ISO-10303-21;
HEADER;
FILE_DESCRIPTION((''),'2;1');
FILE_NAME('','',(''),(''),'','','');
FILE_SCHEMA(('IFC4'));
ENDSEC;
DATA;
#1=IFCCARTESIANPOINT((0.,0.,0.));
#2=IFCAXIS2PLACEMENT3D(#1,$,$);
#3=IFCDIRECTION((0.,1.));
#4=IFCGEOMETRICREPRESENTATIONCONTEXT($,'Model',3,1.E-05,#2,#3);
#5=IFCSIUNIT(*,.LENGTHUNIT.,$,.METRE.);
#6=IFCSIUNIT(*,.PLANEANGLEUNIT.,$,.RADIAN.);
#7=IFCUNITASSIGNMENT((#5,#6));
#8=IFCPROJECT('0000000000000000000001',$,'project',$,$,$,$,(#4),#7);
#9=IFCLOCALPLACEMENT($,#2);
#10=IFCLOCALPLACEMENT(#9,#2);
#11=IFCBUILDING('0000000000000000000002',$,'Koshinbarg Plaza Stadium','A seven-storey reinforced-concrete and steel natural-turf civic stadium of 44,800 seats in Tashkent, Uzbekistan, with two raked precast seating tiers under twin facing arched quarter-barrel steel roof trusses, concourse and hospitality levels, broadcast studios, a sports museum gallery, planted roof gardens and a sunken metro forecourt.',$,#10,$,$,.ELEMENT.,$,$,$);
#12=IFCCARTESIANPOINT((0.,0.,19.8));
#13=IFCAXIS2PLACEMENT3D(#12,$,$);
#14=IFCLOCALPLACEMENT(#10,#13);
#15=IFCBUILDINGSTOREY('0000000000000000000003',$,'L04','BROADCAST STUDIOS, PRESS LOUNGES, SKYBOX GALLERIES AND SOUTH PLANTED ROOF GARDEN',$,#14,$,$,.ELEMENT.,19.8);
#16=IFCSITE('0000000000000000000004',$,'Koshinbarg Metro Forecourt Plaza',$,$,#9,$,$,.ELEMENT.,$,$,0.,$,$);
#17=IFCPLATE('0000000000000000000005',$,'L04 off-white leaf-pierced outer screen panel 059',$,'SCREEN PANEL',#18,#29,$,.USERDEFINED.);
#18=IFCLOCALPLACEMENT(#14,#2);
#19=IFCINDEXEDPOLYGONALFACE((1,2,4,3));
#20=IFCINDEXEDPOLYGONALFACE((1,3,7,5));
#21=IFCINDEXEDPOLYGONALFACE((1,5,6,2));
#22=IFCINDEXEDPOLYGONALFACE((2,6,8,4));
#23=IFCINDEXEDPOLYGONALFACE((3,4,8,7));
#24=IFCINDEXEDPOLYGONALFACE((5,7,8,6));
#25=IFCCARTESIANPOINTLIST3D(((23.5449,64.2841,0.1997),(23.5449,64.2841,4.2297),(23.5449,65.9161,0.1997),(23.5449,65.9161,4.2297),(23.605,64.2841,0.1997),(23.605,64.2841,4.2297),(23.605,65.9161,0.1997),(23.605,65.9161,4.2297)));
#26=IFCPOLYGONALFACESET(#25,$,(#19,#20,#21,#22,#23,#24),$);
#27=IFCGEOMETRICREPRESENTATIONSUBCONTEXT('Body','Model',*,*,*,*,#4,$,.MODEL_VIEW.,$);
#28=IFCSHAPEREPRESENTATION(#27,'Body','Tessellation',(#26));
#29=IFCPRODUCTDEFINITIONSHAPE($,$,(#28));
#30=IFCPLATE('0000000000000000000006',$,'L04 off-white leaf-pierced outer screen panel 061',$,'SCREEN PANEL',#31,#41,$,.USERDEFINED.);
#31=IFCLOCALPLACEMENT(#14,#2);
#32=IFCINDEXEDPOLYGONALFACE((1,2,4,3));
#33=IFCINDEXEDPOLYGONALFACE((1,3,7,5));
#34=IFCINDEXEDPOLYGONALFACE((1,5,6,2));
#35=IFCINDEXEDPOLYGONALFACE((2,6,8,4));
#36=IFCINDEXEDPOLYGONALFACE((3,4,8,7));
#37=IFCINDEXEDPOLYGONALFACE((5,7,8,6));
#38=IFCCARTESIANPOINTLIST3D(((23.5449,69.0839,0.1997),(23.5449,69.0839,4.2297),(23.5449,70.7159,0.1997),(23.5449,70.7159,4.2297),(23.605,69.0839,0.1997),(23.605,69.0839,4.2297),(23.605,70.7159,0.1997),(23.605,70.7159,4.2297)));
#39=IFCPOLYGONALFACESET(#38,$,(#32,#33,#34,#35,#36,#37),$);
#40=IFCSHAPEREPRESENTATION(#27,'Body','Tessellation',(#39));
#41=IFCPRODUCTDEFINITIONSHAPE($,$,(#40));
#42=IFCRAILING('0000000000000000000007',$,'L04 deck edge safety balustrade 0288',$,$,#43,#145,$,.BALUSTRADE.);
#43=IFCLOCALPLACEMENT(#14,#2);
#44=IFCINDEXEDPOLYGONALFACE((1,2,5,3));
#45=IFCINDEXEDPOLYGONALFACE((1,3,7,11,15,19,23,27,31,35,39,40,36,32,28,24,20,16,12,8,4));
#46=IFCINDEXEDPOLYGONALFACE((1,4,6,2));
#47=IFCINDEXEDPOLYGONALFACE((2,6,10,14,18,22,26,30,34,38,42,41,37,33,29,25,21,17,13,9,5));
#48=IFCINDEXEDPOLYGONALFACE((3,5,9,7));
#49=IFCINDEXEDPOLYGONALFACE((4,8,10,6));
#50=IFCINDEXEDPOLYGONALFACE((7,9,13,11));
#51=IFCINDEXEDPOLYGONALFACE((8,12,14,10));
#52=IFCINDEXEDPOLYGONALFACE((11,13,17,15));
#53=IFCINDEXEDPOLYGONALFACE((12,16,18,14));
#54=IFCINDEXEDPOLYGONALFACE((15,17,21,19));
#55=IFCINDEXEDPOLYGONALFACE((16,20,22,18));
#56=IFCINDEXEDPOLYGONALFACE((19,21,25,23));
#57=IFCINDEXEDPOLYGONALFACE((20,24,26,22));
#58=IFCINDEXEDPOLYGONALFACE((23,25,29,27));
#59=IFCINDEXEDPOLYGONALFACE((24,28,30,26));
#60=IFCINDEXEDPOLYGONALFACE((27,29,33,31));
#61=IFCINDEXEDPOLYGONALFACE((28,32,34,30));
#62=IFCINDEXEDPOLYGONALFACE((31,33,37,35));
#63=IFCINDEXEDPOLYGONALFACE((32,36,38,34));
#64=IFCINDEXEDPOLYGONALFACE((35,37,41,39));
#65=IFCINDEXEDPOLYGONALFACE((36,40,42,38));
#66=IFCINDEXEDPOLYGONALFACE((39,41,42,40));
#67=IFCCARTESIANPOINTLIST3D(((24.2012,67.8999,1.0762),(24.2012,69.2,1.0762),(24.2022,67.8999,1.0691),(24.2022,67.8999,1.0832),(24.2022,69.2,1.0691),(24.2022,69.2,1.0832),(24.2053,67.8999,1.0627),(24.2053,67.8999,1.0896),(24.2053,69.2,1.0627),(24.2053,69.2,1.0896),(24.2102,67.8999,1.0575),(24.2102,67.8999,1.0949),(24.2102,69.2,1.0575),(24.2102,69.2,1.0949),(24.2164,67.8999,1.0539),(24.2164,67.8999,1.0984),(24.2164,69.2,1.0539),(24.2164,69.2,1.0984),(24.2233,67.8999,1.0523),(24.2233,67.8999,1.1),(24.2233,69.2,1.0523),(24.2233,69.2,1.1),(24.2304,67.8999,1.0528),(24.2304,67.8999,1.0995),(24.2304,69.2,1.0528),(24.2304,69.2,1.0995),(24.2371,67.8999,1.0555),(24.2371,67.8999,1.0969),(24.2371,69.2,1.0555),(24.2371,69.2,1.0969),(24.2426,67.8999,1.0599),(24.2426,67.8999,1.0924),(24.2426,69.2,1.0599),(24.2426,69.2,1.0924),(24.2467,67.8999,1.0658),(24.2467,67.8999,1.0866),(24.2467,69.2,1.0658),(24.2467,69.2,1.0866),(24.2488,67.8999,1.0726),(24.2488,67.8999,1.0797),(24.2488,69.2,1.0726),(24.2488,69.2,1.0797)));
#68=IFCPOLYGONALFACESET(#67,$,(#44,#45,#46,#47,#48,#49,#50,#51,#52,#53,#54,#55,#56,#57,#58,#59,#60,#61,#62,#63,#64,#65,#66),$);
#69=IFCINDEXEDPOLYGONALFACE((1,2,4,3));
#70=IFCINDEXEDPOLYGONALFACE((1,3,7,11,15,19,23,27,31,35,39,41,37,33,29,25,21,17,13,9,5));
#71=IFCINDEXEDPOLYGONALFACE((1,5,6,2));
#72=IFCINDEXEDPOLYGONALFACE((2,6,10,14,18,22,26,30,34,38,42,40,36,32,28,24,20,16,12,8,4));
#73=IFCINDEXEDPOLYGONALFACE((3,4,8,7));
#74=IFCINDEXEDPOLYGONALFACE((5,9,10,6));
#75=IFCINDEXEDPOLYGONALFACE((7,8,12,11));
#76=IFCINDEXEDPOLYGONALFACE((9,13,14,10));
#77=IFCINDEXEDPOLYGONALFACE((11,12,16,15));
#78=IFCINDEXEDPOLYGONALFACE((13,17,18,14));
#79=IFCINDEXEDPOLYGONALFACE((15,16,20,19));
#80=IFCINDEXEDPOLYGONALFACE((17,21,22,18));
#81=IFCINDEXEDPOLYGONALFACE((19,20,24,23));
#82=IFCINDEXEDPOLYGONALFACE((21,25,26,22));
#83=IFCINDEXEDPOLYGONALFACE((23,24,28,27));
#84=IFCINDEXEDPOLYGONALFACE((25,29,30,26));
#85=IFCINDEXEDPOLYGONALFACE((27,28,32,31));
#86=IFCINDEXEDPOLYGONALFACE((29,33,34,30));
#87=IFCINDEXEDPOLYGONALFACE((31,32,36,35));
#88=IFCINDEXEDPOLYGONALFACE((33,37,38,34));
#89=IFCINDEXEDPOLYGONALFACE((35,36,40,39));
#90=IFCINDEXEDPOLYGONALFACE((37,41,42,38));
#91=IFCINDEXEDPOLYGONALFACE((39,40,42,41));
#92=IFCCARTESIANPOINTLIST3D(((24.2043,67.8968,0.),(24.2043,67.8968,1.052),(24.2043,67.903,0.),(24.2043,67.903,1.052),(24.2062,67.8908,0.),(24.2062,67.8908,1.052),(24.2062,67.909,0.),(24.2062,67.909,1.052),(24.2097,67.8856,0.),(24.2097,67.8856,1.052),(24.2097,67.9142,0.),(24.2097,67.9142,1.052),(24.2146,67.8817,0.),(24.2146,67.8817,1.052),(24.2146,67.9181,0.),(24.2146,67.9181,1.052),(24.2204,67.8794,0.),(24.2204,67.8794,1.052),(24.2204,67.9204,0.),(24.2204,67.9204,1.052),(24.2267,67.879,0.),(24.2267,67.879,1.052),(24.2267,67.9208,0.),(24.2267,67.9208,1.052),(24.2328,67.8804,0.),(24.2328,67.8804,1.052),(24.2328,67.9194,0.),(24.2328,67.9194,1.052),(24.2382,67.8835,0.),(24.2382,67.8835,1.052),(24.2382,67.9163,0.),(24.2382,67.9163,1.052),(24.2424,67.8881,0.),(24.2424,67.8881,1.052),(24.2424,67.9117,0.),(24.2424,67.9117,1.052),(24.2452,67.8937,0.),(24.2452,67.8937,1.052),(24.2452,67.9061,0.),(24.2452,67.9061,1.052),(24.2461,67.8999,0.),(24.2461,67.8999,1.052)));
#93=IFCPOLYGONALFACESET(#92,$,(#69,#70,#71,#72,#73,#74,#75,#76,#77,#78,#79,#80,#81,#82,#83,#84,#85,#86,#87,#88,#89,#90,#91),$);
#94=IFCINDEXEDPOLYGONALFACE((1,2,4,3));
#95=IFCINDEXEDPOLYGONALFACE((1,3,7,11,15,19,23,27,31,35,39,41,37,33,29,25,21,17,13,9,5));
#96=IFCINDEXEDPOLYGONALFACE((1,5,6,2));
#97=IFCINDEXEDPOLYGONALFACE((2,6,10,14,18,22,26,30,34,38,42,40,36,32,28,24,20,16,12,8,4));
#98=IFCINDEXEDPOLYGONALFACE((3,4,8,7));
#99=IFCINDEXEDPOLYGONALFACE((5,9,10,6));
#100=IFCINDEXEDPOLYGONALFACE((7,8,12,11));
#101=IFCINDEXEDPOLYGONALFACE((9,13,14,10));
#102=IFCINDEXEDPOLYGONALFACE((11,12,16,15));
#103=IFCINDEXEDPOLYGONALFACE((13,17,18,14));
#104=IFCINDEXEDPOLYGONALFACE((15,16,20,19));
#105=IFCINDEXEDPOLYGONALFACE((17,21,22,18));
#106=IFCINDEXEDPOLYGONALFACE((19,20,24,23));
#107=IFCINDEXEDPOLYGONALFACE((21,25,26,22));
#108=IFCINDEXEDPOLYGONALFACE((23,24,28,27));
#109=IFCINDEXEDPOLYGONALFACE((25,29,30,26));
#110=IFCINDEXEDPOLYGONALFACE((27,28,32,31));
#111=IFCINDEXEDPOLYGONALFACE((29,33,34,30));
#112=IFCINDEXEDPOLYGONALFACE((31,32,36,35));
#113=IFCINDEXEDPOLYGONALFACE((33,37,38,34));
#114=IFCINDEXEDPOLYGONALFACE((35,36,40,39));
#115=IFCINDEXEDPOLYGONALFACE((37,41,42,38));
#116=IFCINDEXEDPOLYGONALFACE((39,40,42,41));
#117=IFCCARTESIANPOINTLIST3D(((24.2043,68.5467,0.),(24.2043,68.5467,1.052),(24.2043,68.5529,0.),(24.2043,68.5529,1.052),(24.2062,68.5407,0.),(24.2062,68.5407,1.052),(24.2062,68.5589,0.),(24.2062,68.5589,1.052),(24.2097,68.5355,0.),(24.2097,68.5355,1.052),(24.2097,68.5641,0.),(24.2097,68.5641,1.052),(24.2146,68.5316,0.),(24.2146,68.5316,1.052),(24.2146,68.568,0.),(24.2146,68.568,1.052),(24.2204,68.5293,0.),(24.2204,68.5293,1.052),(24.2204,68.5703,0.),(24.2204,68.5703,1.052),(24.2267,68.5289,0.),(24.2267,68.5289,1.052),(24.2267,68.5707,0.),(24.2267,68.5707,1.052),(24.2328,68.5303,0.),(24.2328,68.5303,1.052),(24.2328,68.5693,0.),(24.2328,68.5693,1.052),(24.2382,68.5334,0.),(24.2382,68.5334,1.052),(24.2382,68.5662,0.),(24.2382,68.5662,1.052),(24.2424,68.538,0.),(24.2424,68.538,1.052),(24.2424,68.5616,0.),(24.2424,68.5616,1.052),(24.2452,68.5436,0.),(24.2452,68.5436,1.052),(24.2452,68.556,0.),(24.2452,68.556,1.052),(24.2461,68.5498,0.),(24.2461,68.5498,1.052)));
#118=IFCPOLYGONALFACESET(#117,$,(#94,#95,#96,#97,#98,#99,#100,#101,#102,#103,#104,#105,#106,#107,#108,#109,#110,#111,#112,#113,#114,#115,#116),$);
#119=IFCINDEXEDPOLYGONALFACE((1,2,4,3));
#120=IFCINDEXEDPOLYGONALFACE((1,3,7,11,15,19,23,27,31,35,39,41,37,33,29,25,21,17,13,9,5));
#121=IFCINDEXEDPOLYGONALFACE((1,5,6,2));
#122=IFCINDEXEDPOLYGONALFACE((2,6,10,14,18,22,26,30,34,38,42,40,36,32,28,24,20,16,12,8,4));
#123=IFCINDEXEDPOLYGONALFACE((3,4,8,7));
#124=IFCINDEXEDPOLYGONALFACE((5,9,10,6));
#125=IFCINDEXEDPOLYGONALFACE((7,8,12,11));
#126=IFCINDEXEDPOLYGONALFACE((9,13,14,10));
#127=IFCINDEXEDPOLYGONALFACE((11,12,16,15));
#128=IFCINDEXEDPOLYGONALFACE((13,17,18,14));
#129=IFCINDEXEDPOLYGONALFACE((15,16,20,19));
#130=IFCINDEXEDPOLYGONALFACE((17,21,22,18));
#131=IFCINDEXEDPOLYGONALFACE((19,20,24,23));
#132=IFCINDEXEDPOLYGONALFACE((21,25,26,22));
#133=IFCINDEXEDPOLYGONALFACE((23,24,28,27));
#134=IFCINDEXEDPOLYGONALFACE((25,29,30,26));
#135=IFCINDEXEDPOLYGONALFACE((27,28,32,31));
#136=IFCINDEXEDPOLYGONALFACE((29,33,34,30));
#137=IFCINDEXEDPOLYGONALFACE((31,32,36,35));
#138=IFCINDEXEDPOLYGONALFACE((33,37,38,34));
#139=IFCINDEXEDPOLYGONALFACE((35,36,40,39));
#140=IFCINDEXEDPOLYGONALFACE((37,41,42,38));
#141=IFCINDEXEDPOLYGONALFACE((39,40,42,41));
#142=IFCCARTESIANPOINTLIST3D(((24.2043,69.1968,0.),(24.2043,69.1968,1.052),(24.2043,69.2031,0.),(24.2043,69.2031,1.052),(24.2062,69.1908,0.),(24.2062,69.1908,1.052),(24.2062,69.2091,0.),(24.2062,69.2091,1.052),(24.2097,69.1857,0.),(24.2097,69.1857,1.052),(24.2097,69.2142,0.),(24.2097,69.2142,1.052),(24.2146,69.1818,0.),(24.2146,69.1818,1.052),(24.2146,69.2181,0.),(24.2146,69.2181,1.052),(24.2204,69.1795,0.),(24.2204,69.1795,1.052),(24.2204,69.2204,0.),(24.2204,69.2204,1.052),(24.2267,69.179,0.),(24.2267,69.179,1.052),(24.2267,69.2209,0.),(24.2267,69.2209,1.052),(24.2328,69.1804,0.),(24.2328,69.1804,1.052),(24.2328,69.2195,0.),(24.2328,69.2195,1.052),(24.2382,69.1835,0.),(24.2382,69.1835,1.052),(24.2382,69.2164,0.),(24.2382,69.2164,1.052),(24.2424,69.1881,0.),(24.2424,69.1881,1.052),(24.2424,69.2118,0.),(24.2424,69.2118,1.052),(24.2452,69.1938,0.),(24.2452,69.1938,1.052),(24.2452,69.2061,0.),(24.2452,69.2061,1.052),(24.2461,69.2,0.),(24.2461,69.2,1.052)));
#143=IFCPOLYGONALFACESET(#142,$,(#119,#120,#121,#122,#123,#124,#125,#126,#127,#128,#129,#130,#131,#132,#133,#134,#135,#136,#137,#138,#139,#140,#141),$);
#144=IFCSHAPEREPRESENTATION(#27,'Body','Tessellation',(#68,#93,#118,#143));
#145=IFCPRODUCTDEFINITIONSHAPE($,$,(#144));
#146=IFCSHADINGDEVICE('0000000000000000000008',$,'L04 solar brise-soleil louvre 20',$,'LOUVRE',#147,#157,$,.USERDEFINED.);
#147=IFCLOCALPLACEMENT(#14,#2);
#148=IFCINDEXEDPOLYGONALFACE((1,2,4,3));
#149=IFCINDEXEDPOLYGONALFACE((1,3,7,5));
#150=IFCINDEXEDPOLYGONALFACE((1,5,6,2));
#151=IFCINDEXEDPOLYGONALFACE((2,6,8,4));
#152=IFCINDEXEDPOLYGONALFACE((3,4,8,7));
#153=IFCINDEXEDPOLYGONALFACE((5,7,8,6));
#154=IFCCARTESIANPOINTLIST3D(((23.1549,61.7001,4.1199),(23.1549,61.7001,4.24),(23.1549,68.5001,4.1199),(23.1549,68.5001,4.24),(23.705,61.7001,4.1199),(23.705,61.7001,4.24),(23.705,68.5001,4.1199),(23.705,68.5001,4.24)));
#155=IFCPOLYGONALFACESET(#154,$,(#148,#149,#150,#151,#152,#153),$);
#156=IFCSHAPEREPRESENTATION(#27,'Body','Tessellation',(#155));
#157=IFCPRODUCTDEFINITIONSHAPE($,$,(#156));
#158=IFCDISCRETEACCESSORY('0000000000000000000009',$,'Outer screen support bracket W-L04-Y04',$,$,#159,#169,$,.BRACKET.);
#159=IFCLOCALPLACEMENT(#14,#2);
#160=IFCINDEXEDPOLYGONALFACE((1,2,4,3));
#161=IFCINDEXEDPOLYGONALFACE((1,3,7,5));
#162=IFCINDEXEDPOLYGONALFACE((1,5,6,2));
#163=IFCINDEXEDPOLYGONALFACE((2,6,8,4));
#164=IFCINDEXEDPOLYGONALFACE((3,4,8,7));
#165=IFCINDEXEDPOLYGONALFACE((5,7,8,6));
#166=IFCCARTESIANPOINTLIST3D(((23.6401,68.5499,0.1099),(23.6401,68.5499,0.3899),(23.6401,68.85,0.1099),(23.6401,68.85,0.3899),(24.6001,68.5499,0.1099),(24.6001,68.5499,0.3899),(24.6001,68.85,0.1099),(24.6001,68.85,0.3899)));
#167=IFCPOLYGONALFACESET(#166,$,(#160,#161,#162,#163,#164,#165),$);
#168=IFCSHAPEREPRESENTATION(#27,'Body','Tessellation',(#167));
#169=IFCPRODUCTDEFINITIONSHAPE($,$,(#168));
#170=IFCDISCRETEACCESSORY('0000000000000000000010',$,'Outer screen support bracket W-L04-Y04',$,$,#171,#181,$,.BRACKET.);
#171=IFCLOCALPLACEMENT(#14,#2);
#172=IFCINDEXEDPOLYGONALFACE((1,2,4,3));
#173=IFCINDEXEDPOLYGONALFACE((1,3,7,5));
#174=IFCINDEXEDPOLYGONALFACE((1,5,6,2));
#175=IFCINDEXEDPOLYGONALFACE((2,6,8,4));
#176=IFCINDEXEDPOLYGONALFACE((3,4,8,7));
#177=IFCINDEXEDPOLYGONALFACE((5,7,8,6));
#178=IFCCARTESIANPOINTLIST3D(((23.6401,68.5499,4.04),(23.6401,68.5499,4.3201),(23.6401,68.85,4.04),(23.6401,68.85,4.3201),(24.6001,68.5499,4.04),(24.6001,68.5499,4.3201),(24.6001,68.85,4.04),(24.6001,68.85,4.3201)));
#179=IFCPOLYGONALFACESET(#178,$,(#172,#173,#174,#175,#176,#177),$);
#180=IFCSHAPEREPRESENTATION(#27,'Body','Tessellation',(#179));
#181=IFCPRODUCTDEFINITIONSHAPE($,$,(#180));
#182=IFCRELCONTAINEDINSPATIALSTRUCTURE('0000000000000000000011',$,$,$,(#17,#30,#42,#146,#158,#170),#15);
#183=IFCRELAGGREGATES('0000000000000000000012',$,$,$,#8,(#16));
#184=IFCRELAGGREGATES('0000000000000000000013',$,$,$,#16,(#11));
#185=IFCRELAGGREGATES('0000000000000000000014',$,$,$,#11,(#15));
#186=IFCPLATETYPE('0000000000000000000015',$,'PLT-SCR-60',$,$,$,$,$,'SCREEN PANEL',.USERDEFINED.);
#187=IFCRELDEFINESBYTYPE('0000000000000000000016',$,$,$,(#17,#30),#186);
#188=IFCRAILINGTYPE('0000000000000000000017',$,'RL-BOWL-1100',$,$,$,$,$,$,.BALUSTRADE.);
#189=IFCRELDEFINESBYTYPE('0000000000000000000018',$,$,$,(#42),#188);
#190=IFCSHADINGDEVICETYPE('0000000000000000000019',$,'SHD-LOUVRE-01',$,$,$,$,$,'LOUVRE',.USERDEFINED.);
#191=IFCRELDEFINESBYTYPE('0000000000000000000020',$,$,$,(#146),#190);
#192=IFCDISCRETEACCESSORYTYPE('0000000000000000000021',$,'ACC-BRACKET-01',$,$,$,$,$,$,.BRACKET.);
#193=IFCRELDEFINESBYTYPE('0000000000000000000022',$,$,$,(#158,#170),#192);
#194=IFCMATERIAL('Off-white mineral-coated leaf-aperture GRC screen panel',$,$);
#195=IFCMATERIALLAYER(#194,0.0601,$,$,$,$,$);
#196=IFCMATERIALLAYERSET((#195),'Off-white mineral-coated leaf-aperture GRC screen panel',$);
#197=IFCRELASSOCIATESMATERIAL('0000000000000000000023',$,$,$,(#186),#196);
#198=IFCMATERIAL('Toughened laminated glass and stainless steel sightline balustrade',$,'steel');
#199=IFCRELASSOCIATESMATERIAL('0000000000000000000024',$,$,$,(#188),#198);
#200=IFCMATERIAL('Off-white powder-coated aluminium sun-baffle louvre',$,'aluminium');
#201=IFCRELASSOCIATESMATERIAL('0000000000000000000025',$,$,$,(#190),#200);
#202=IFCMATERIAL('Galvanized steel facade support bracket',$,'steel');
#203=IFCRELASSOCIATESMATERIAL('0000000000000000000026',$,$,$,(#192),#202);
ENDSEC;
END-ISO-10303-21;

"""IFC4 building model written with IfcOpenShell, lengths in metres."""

from ifc_helpers import new_model, si_unit, direction, frame, origin, origin_2d, place, context, subcontext, project, spatial, rectangle, circle, extrude, material, layer, layer_set, type_object, element, save


model = new_model("IFC4")

# Units and contexts
model_context = context("Model", 3, precision=1e-05, world=origin(), true_north=direction((0.0, 1.0)))
body_context = subcontext(model_context, "Body", "Model", "MODEL_VIEW")
ifc_project = project(units=[si_unit("LENGTHUNIT", "METRE"), si_unit("PLANEANGLEUNIT", "RADIAN")], contexts=[model_context])

# Site, building, storey
site_placement = place(None, origin())
site = spatial("IfcSite", under=ifc_project, at=site_placement, Name="Koshinbarg Metro Forecourt Plaza", CompositionType="ELEMENT", RefElevation=0.0)
building_placement = place(site_placement, origin())
building = spatial("IfcBuilding", under=site, at=building_placement, Name="Koshinbarg Plaza Stadium", Description="A seven-storey reinforced-concrete and steel natural-turf civic stadium of 44,800 seats in Tashkent, Uzbekistan, with two raked precast seating tiers under twin facing arched quarter-barrel steel roof trusses, concourse and hospitality levels, broadcast studios, a sports museum gallery, planted roof gardens and a sunken metro forecourt.", CompositionType="ELEMENT")
storey_placement = place(building_placement, frame((0.0, 0.0, 19.8)))
storey = spatial("IfcBuildingStorey", under=building, at=storey_placement, Name="L04", Description="BROADCAST STUDIOS, PRESS LOUNGES, SKYBOX GALLERIES AND SOUTH PLANTED ROOF GARDEN", CompositionType="ELEMENT", Elevation=19.8)

# Plates
ifc_material_1 = material(Name="Off-white mineral-coated leaf-aperture GRC screen panel")
ifc_layer_1 = layer(ifc_material_1, 0.0601)
ifc_layer_set_1 = layer_set([ifc_layer_1], Name="Off-white mineral-coated leaf-aperture GRC screen panel")
plate_type_1 = type_object("IfcPlateType", Name="PLT-SCR-60", ElementType="SCREEN PANEL", PredefinedType="USERDEFINED", material=ifc_layer_set_1)
for number, where, z_axis, x_axis, name in (
    (1, (23.575, 65.1001, 0.1997), (0.0, 0.0, 1.0), (1.0, 0.0, 0.0), "L04 off-white leaf-pierced outer screen panel 059"),
    (2, (23.575, 69.8999, 0.1997), (0.0, 0.0, 1.0), (1.0, 0.0, 0.0), "L04 off-white leaf-pierced outer screen panel 061"),
):
    element("IfcPlate", number, at=place(storey_placement, frame(where, z_axis=z_axis, x_axis=x_axis)), inside=storey, type_object=plate_type_1, Name=name, ObjectType="SCREEN PANEL", PredefinedType="USERDEFINED", context=body_context, shape_type="SweptSolid", body=[
        extrude(rectangle(XDim=0.0601, YDim=1.6321, at=origin_2d()), origin(), (0.0, 0.0, 1.0), 4.03),
    ])

# Railing
ifc_material_2 = material(Name="Toughened laminated glass and stainless steel sightline balustrade", Category="steel")
railing_type = type_object("IfcRailingType", Name="RL-BOWL-1100", PredefinedType="BALUSTRADE", material=ifc_material_2)
railing_placement = place(storey_placement, frame((24.2251, 67.8999, 0.0)))
element("IfcRailing", 3, at=railing_placement, inside=storey, type_object=railing_type, Name="L04 deck edge safety balustrade 0288", PredefinedType="BALUSTRADE", context=body_context, shape_type="SweptSolid", body=[
    extrude(circle(Radius=0.0239, at=origin_2d()), frame((0.0, 0.0, 1.0762), z_axis=(0.0, 1.0, 0.0), x_axis=(-1.0, 0.0, 0.0)), (0.0, 0.0, 1.0), 1.3),
    extrude(circle(Radius=0.021, at=origin_2d()), origin(), (0.0, 0.0, 1.0), 1.052),
    extrude(circle(Radius=0.021, at=origin_2d()), frame((0.0, 0.6499, 0.0)), (0.0, 0.0, 1.0), 1.052),
    extrude(circle(Radius=0.021, at=origin_2d()), frame((0.0, 1.3, 0.0)), (0.0, 0.0, 1.0), 1.052),
])

# Shading device
ifc_material_3 = material(Name="Off-white powder-coated aluminium sun-baffle louvre", Category="aluminium")
shading_device_type = type_object("IfcShadingDeviceType", Name="SHD-LOUVRE-01", ElementType="LOUVRE", PredefinedType="USERDEFINED", material=ifc_material_3)
shading_device_placement = place(storey_placement, frame((23.4299, 65.1001, 4.1199), z_axis=(0.0, 0.0, 1.0), x_axis=(1.0, 0.0, 0.0)))
element("IfcShadingDevice", 4, at=shading_device_placement, inside=storey, type_object=shading_device_type, Name="L04 solar brise-soleil louvre 20", ObjectType="LOUVRE", PredefinedType="USERDEFINED", context=body_context, shape_type="SweptSolid", body=[
    extrude(rectangle(XDim=0.55, YDim=6.8, at=origin_2d()), origin(), (0.0, 0.0, 1.0), 0.1201),
])

# Discrete accessories
ifc_material_4 = material(Name="Galvanized steel facade support bracket", Category="steel")
discrete_accessory_type = type_object("IfcDiscreteAccessoryType", Name="ACC-BRACKET-01", PredefinedType="BRACKET", material=ifc_material_4)
for number, where, z_axis, x_axis, name in (
    (5, (24.1201, 68.7, 0.1099), (0.0, 0.0, 1.0), (1.0, 0.0, 0.0), "Outer screen support bracket W-L04-Y04"),
    (6, (24.1201, 68.7, 4.04), (0.0, 0.0, 1.0), (1.0, 0.0, 0.0), "Outer screen support bracket W-L04-Y04"),
):
    element("IfcDiscreteAccessory", number, at=place(storey_placement, frame(where, z_axis=z_axis, x_axis=x_axis)), inside=storey, type_object=discrete_accessory_type, Name=name, PredefinedType="BRACKET", context=body_context, shape_type="SweptSolid", body=[
        extrude(rectangle(XDim=0.96, YDim=0.3, at=origin_2d()), origin(), (0.0, 0.0, 1.0), 0.28),
    ])

save(model, "model.ifc")
